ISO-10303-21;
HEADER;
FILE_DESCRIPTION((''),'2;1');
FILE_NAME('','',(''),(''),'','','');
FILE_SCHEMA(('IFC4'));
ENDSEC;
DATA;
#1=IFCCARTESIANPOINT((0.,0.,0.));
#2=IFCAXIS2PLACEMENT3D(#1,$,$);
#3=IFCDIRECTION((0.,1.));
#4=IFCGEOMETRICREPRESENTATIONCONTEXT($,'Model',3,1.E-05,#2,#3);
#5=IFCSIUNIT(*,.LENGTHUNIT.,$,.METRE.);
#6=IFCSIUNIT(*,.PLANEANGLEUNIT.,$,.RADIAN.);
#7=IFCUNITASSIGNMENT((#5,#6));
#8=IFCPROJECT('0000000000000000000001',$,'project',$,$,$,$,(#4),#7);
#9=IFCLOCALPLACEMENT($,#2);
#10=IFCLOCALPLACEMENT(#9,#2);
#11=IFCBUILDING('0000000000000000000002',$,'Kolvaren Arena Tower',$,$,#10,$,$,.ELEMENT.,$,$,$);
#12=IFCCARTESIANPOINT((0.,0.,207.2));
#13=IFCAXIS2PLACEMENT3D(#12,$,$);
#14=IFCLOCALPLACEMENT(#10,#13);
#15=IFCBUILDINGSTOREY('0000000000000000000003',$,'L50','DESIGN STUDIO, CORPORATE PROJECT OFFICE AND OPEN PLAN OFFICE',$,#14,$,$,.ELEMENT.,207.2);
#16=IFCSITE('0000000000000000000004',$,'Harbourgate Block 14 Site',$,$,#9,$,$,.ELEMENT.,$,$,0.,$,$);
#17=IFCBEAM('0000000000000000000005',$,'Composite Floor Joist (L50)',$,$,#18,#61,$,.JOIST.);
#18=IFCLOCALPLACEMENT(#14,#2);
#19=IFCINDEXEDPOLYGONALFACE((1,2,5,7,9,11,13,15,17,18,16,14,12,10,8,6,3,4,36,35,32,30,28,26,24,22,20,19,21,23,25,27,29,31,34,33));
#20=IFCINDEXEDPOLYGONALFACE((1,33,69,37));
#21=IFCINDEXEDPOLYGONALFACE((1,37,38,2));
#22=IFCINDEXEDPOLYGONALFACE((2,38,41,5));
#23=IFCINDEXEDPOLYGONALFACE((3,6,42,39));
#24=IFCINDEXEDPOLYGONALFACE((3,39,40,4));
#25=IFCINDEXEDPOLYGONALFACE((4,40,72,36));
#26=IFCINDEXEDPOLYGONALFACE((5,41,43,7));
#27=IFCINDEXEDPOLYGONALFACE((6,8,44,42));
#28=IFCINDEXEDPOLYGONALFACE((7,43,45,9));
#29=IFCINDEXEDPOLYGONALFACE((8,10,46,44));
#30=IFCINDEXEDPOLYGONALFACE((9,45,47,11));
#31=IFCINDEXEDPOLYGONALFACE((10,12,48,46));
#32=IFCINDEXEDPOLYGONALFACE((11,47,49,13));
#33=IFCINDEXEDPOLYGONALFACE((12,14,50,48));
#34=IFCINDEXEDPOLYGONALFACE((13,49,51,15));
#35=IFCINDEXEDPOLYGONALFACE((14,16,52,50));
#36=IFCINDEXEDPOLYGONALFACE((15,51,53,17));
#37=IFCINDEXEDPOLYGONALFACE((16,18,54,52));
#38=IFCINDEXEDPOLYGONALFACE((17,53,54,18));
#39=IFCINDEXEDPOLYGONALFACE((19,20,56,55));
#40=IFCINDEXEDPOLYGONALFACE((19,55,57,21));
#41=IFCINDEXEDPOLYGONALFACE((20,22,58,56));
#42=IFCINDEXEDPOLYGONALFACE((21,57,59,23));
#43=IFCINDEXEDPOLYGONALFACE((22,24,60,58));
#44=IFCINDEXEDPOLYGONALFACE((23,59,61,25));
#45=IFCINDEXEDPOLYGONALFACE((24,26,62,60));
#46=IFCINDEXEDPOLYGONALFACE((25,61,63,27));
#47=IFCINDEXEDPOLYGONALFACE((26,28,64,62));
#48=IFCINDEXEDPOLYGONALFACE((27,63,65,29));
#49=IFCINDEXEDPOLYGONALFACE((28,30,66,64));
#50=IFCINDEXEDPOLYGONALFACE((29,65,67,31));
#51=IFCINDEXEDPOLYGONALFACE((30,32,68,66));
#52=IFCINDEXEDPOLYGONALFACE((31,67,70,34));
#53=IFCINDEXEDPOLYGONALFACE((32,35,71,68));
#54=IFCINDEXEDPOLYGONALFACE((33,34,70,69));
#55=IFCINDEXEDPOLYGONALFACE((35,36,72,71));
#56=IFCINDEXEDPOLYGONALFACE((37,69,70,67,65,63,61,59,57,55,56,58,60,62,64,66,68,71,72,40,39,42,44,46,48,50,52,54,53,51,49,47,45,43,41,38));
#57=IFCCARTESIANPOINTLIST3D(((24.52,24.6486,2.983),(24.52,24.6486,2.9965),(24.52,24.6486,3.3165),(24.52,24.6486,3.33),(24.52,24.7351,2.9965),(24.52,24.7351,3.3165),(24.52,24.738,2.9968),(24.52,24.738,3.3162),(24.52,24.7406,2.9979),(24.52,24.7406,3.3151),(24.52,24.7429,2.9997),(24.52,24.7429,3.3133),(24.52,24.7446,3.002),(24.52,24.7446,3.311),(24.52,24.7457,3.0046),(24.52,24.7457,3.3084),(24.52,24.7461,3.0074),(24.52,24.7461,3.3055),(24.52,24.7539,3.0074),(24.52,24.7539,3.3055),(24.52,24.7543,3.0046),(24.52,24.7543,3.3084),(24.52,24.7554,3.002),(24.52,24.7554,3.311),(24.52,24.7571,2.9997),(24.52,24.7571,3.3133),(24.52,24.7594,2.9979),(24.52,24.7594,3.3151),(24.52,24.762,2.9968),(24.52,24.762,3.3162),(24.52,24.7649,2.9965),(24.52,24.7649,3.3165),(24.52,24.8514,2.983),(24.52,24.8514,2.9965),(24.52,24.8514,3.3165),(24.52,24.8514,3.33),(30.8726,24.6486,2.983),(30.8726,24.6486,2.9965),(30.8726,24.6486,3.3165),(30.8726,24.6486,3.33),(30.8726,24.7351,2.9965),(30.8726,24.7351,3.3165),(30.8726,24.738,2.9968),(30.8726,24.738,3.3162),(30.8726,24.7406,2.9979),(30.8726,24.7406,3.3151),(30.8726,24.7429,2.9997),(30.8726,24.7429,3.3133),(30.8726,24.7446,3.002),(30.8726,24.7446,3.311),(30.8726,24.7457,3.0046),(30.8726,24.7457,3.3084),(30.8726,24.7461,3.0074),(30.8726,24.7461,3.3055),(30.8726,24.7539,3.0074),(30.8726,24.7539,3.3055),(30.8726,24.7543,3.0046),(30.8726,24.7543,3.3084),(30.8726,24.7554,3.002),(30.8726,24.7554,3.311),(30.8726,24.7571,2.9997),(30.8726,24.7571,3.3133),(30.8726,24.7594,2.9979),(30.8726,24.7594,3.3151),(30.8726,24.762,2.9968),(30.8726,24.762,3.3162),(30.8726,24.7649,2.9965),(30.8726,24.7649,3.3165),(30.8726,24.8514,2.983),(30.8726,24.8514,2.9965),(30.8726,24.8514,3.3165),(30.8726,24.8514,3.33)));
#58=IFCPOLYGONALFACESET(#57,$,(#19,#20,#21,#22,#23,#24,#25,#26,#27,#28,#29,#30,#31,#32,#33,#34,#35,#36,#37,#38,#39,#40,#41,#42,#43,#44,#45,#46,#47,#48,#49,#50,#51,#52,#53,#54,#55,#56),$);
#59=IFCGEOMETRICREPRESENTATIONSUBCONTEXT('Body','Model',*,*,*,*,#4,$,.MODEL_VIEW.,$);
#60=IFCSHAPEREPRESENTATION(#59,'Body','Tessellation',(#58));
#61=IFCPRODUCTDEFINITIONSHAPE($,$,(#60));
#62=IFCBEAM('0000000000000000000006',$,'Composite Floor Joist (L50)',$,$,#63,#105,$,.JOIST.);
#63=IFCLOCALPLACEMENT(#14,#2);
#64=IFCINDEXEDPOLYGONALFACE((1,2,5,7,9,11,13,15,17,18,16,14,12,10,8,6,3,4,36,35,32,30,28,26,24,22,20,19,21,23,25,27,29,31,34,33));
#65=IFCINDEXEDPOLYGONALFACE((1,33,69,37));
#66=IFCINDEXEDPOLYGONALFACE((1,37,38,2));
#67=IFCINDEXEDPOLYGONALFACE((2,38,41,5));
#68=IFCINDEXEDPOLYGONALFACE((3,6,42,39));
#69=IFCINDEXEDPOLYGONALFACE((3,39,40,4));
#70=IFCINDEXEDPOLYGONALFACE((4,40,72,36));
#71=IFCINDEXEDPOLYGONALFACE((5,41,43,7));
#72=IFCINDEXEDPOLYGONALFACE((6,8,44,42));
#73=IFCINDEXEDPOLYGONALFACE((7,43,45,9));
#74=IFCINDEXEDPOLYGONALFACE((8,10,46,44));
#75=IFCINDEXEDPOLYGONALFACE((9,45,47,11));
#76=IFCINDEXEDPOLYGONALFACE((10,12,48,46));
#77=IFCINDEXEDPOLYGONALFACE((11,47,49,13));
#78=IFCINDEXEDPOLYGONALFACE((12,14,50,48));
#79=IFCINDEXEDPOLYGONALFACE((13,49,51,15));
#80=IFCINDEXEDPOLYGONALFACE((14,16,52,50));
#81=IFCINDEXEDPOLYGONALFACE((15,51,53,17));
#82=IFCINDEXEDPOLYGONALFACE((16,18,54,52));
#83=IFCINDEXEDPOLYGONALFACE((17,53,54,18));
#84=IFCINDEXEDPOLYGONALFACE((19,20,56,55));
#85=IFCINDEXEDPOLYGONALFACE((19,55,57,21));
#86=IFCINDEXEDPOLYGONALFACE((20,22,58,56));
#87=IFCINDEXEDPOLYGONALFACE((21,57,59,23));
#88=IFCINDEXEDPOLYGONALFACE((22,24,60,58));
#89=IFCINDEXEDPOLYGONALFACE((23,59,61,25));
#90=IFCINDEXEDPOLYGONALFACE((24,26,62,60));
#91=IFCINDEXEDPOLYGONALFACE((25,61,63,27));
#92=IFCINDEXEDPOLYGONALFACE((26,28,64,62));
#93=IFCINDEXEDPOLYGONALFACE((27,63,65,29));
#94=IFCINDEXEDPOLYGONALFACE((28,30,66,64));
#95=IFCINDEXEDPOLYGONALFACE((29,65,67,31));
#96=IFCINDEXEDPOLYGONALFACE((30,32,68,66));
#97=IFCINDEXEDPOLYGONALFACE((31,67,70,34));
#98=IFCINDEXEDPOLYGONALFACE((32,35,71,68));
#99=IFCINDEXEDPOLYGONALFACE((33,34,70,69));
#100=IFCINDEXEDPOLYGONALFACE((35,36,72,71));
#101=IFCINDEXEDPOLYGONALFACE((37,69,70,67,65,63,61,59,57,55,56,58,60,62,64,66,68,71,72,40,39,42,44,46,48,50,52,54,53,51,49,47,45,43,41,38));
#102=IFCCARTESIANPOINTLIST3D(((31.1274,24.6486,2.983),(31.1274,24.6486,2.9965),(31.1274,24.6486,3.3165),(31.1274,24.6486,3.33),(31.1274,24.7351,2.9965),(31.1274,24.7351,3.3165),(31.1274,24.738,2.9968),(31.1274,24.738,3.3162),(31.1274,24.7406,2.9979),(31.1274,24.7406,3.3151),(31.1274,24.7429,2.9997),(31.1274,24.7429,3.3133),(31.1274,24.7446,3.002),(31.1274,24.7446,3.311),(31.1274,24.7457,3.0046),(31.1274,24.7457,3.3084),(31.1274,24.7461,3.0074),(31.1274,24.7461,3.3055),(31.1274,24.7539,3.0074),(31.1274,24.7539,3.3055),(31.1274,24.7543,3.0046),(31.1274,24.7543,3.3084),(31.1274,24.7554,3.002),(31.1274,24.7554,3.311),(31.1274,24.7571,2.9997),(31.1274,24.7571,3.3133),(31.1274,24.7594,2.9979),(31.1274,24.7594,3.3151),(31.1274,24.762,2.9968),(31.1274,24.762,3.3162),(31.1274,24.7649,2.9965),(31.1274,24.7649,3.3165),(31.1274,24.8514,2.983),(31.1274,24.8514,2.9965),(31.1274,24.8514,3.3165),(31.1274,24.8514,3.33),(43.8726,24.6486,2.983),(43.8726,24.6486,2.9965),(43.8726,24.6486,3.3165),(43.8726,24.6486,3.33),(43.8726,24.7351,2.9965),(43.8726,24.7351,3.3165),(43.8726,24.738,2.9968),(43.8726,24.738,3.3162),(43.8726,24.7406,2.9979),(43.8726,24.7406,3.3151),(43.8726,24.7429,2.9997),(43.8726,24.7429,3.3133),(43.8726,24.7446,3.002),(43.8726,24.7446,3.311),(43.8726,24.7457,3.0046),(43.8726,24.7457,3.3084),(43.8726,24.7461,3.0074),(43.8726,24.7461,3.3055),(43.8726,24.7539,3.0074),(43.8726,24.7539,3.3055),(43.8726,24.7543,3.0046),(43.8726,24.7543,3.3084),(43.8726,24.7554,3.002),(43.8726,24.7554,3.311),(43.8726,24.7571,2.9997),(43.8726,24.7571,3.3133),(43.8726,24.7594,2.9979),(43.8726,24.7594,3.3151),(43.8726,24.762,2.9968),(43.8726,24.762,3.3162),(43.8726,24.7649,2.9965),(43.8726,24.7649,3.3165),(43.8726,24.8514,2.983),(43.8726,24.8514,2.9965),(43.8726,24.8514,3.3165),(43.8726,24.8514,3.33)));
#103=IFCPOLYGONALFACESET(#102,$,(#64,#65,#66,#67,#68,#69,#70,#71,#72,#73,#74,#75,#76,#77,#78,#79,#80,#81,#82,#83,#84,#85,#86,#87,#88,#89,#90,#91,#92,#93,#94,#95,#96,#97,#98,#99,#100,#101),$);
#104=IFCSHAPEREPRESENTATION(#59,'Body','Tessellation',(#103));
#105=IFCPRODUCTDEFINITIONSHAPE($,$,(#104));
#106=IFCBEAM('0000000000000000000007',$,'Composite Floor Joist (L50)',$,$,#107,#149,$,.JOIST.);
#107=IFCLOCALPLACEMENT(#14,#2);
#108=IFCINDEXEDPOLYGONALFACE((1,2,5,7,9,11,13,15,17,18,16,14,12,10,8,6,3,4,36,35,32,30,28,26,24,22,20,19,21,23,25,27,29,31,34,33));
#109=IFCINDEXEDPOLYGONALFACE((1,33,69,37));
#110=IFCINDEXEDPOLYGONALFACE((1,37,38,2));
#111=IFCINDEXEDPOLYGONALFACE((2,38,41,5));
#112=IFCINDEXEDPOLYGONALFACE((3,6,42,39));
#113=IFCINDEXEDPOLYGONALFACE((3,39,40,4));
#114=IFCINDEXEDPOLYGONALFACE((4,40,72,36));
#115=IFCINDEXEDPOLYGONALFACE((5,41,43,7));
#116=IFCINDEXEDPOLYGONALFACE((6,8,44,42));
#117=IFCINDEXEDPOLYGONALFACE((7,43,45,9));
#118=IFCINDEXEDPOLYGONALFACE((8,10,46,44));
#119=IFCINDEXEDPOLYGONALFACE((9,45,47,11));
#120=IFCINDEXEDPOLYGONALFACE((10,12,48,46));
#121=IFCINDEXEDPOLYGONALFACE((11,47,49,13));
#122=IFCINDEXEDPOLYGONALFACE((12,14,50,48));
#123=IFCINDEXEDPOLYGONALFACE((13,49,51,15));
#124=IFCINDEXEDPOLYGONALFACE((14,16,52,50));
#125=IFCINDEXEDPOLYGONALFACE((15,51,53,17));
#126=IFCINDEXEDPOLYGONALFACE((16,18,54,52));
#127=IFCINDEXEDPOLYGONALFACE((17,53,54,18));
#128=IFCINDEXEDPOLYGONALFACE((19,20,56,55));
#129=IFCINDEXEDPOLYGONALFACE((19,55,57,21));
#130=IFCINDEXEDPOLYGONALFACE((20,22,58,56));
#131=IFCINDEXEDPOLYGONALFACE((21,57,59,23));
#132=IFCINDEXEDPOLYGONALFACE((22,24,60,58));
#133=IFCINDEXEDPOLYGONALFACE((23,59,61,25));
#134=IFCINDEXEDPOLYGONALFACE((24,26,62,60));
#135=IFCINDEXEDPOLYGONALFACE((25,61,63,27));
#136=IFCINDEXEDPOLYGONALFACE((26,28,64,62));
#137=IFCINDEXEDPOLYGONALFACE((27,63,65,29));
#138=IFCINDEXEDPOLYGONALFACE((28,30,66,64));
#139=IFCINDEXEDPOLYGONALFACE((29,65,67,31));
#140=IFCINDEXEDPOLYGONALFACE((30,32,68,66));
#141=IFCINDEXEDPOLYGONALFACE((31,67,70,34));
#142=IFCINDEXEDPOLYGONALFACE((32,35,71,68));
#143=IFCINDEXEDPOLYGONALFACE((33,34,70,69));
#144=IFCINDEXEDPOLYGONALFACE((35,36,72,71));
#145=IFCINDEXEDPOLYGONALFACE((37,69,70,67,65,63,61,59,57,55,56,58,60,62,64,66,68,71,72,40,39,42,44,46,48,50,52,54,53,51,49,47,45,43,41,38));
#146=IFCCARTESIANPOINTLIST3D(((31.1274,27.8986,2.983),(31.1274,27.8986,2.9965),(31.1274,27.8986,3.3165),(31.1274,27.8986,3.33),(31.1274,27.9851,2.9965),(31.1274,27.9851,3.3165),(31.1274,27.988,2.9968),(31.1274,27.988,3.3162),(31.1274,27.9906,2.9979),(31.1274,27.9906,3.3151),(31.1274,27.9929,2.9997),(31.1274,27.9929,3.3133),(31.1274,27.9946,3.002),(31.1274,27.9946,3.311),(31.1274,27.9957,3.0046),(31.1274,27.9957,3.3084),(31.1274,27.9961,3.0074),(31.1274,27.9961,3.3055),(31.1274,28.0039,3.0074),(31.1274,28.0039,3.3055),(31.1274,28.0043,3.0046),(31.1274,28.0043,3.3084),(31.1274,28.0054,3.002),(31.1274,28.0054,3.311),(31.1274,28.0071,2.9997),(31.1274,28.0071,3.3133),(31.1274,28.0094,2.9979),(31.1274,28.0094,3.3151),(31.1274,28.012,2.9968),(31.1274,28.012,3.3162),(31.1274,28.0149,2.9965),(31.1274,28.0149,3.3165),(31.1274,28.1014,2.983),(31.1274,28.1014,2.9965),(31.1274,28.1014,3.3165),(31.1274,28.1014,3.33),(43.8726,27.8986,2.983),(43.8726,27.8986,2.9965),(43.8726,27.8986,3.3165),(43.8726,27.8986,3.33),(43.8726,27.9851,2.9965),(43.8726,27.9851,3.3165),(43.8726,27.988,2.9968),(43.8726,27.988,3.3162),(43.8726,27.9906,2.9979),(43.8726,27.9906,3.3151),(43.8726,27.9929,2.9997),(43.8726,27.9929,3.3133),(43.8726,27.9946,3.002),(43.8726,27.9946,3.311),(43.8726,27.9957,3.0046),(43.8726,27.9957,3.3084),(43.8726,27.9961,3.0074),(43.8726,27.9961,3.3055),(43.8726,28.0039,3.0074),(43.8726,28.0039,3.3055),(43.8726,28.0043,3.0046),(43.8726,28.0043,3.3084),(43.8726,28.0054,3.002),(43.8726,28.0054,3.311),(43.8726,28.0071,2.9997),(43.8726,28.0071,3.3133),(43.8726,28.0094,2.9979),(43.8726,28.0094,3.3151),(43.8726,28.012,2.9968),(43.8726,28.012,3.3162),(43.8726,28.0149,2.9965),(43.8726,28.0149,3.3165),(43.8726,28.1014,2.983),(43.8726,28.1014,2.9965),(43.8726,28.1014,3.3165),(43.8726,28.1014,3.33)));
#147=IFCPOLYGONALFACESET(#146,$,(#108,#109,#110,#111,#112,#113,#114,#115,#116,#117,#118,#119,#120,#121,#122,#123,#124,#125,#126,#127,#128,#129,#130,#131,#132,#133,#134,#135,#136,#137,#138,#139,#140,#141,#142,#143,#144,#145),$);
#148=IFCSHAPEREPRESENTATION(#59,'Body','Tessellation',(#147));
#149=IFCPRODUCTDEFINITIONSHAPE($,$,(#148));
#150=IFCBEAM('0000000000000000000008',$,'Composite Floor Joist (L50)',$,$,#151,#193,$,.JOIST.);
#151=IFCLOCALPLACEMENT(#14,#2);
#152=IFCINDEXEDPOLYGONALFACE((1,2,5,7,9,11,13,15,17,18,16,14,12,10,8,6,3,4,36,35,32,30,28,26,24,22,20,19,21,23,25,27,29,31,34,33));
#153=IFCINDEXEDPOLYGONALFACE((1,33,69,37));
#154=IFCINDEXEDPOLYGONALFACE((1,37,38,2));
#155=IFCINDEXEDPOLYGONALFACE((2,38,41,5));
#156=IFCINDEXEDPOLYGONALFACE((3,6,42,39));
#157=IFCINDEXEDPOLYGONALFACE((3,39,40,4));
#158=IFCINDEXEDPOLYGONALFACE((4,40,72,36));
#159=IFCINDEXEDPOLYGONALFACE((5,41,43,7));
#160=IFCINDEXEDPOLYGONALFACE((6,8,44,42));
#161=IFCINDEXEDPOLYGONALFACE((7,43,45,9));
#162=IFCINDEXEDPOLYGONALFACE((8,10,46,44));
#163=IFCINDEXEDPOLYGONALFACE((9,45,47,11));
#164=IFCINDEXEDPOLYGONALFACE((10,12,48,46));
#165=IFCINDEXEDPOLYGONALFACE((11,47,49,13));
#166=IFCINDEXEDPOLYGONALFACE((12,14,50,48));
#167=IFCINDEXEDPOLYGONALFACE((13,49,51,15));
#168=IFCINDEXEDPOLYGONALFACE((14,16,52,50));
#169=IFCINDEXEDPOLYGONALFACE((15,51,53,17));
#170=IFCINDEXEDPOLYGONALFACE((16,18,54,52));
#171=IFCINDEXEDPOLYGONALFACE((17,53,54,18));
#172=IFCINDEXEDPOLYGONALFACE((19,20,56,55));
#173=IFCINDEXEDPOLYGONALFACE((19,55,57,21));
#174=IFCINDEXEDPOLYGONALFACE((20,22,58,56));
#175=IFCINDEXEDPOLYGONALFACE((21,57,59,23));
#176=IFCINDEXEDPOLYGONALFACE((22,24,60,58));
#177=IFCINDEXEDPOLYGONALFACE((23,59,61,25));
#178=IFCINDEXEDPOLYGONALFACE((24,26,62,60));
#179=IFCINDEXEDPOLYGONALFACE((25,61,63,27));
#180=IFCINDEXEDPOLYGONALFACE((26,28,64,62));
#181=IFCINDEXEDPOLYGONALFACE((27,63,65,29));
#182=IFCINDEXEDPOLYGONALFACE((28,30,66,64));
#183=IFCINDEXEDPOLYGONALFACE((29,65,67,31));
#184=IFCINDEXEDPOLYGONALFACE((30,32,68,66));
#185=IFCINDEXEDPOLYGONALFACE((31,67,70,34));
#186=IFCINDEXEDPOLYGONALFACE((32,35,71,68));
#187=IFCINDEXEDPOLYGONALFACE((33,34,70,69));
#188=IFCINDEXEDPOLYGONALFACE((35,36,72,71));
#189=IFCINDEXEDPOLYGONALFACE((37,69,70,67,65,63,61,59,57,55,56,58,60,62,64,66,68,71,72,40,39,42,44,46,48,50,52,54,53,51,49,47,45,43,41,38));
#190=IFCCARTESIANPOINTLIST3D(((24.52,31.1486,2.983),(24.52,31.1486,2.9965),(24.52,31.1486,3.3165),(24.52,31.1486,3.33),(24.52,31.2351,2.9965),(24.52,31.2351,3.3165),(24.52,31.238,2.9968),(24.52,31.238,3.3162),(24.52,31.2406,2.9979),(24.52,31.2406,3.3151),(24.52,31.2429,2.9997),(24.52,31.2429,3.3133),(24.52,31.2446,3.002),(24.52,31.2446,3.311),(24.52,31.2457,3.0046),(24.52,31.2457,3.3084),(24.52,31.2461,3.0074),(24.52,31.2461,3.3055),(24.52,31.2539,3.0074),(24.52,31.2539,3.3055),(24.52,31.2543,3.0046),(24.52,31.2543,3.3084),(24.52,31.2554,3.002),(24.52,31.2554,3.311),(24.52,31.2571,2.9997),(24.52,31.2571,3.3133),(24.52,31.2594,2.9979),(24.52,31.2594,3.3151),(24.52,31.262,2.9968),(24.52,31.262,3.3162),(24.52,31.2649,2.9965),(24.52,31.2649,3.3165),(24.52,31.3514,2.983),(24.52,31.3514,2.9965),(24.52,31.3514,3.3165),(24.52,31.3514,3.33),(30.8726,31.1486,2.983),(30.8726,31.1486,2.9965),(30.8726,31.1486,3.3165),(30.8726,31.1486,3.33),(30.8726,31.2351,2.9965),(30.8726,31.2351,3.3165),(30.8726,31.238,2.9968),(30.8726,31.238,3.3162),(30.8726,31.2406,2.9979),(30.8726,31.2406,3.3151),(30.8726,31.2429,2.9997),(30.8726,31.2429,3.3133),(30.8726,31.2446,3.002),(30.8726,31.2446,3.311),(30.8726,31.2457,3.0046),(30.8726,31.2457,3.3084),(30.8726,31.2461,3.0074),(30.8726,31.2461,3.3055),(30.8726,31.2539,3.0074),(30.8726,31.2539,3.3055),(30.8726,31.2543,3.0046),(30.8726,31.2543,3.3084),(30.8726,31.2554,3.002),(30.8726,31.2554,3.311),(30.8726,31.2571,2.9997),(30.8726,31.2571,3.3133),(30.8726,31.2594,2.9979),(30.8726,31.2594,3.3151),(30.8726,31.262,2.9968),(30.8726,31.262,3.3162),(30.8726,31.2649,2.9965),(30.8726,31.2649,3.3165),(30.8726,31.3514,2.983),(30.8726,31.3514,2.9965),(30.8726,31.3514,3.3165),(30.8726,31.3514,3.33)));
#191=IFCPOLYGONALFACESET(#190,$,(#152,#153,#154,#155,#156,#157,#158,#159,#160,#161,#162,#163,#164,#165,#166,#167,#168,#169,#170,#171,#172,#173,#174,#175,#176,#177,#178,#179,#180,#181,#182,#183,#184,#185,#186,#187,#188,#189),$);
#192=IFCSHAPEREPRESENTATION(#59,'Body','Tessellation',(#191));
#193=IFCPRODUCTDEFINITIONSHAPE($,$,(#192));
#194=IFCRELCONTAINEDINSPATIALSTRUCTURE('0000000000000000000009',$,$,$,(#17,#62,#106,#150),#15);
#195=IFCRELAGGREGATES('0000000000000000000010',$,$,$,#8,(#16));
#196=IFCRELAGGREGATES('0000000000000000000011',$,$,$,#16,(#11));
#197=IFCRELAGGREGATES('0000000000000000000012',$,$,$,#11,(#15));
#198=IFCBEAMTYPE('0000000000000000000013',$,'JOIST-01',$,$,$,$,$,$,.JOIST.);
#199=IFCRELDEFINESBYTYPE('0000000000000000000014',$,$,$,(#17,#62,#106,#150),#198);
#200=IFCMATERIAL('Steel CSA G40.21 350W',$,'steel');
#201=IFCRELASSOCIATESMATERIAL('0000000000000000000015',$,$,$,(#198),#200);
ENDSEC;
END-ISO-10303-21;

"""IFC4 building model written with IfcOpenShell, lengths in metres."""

from ifc_helpers import new_model, si_unit, direction, frame, origin, origin_2d, place, context, subcontext, project, spatial, i_section, extrude, material, material_profile, profile_set, type_object, element, save


model = new_model("IFC4")

# Units and contexts
model_context = context("Model", 3, precision=1e-05, world=origin(), true_north=direction((0.0, 1.0)))
body_context = subcontext(model_context, "Body", "Model", "MODEL_VIEW")
ifc_project = project(units=[si_unit("LENGTHUNIT", "METRE"), si_unit("PLANEANGLEUNIT", "RADIAN")], contexts=[model_context])

# Site, building, storey
site_placement = place(None, origin())
site = spatial("IfcSite", under=ifc_project, at=site_placement, Name="Harbourgate Block 14 Site", CompositionType="ELEMENT", RefElevation=0.0)
building_placement = place(site_placement, origin())
building = spatial("IfcBuilding", under=site, at=building_placement, Name="Kolvaren Arena Tower", CompositionType="ELEMENT")
storey_placement = place(building_placement, frame((0.0, 0.0, 207.2)))
storey = spatial("IfcBuildingStorey", under=building, at=storey_placement, Name="L50", Description="DESIGN STUDIO, CORPORATE PROJECT OFFICE AND OPEN PLAN OFFICE", CompositionType="ELEMENT", Elevation=207.2)

# Beams
ifc_material_1 = material(Name="Steel CSA G40.21 350W", Category="steel")
ifc_material_profile_1 = material_profile(ifc_material_1, i_section(OverallWidth=0.2029, OverallDepth=0.3469, WebThickness=0.0078, FlangeThickness=0.0134, FilletRadius=0.011, at=origin_2d()), Name="W360x64")
ifc_profile_set_1 = profile_set([ifc_material_profile_1], Name="Steel CSA G40.21 350W")
beam_type_1 = type_object("IfcBeamType", Name="JOIST-01", PredefinedType="JOIST", material=ifc_profile_set_1)
beam_1_placement = place(storey_placement, frame((24.52, 24.75, 3.1565), z_axis=(1.0, 0.0, 0.0), x_axis=(0.0, 1.0, 0.0)))
element("IfcBeam", 1, at=beam_1_placement, inside=storey, type_object=beam_type_1, Name="Composite Floor Joist (L50)", PredefinedType="JOIST", context=body_context, shape_type="SweptSolid", body=[
    extrude(i_section(OverallWidth=0.2029, OverallDepth=0.3469, WebThickness=0.0078, FlangeThickness=0.0134, FilletRadius=0.011, at=origin_2d()), origin(), (0.0, 0.0, 1.0), 6.3525),
])
for number, where, z_axis, x_axis, name in (
    (2, (31.1274, 24.75, 3.1565), (1.0, 0.0, 0.0), (0.0, 1.0, 0.0), "Composite Floor Joist (L50)"),
    (3, (31.1274, 28.0, 3.1565), (1.0, 0.0, 0.0), (0.0, 1.0, 0.0), "Composite Floor Joist (L50)"),
):
    element("IfcBeam", number, at=place(storey_placement, frame(where, z_axis=z_axis, x_axis=x_axis)), inside=storey, type_object=beam_type_1, Name=name, PredefinedType="JOIST", context=body_context, shape_type="SweptSolid", body=[
        extrude(i_section(OverallWidth=0.2029, OverallDepth=0.3469, WebThickness=0.0078, FlangeThickness=0.0134, FilletRadius=0.011, at=origin_2d()), origin(), (0.0, 0.0, 1.0), 12.7451),
    ])
beam_2_placement = place(storey_placement, frame((24.52, 31.25, 3.1565), z_axis=(1.0, 0.0, 0.0), x_axis=(0.0, 1.0, 0.0)))
element("IfcBeam", 4, at=beam_2_placement, inside=storey, type_object=beam_type_1, Name="Composite Floor Joist (L50)", PredefinedType="JOIST", context=body_context, shape_type="SweptSolid", body=[
    extrude(i_section(OverallWidth=0.2029, OverallDepth=0.3469, WebThickness=0.0078, FlangeThickness=0.0134, FilletRadius=0.011, at=origin_2d()), origin(), (0.0, 0.0, 1.0), 6.3525),
])

save(model, "model.ifc")
